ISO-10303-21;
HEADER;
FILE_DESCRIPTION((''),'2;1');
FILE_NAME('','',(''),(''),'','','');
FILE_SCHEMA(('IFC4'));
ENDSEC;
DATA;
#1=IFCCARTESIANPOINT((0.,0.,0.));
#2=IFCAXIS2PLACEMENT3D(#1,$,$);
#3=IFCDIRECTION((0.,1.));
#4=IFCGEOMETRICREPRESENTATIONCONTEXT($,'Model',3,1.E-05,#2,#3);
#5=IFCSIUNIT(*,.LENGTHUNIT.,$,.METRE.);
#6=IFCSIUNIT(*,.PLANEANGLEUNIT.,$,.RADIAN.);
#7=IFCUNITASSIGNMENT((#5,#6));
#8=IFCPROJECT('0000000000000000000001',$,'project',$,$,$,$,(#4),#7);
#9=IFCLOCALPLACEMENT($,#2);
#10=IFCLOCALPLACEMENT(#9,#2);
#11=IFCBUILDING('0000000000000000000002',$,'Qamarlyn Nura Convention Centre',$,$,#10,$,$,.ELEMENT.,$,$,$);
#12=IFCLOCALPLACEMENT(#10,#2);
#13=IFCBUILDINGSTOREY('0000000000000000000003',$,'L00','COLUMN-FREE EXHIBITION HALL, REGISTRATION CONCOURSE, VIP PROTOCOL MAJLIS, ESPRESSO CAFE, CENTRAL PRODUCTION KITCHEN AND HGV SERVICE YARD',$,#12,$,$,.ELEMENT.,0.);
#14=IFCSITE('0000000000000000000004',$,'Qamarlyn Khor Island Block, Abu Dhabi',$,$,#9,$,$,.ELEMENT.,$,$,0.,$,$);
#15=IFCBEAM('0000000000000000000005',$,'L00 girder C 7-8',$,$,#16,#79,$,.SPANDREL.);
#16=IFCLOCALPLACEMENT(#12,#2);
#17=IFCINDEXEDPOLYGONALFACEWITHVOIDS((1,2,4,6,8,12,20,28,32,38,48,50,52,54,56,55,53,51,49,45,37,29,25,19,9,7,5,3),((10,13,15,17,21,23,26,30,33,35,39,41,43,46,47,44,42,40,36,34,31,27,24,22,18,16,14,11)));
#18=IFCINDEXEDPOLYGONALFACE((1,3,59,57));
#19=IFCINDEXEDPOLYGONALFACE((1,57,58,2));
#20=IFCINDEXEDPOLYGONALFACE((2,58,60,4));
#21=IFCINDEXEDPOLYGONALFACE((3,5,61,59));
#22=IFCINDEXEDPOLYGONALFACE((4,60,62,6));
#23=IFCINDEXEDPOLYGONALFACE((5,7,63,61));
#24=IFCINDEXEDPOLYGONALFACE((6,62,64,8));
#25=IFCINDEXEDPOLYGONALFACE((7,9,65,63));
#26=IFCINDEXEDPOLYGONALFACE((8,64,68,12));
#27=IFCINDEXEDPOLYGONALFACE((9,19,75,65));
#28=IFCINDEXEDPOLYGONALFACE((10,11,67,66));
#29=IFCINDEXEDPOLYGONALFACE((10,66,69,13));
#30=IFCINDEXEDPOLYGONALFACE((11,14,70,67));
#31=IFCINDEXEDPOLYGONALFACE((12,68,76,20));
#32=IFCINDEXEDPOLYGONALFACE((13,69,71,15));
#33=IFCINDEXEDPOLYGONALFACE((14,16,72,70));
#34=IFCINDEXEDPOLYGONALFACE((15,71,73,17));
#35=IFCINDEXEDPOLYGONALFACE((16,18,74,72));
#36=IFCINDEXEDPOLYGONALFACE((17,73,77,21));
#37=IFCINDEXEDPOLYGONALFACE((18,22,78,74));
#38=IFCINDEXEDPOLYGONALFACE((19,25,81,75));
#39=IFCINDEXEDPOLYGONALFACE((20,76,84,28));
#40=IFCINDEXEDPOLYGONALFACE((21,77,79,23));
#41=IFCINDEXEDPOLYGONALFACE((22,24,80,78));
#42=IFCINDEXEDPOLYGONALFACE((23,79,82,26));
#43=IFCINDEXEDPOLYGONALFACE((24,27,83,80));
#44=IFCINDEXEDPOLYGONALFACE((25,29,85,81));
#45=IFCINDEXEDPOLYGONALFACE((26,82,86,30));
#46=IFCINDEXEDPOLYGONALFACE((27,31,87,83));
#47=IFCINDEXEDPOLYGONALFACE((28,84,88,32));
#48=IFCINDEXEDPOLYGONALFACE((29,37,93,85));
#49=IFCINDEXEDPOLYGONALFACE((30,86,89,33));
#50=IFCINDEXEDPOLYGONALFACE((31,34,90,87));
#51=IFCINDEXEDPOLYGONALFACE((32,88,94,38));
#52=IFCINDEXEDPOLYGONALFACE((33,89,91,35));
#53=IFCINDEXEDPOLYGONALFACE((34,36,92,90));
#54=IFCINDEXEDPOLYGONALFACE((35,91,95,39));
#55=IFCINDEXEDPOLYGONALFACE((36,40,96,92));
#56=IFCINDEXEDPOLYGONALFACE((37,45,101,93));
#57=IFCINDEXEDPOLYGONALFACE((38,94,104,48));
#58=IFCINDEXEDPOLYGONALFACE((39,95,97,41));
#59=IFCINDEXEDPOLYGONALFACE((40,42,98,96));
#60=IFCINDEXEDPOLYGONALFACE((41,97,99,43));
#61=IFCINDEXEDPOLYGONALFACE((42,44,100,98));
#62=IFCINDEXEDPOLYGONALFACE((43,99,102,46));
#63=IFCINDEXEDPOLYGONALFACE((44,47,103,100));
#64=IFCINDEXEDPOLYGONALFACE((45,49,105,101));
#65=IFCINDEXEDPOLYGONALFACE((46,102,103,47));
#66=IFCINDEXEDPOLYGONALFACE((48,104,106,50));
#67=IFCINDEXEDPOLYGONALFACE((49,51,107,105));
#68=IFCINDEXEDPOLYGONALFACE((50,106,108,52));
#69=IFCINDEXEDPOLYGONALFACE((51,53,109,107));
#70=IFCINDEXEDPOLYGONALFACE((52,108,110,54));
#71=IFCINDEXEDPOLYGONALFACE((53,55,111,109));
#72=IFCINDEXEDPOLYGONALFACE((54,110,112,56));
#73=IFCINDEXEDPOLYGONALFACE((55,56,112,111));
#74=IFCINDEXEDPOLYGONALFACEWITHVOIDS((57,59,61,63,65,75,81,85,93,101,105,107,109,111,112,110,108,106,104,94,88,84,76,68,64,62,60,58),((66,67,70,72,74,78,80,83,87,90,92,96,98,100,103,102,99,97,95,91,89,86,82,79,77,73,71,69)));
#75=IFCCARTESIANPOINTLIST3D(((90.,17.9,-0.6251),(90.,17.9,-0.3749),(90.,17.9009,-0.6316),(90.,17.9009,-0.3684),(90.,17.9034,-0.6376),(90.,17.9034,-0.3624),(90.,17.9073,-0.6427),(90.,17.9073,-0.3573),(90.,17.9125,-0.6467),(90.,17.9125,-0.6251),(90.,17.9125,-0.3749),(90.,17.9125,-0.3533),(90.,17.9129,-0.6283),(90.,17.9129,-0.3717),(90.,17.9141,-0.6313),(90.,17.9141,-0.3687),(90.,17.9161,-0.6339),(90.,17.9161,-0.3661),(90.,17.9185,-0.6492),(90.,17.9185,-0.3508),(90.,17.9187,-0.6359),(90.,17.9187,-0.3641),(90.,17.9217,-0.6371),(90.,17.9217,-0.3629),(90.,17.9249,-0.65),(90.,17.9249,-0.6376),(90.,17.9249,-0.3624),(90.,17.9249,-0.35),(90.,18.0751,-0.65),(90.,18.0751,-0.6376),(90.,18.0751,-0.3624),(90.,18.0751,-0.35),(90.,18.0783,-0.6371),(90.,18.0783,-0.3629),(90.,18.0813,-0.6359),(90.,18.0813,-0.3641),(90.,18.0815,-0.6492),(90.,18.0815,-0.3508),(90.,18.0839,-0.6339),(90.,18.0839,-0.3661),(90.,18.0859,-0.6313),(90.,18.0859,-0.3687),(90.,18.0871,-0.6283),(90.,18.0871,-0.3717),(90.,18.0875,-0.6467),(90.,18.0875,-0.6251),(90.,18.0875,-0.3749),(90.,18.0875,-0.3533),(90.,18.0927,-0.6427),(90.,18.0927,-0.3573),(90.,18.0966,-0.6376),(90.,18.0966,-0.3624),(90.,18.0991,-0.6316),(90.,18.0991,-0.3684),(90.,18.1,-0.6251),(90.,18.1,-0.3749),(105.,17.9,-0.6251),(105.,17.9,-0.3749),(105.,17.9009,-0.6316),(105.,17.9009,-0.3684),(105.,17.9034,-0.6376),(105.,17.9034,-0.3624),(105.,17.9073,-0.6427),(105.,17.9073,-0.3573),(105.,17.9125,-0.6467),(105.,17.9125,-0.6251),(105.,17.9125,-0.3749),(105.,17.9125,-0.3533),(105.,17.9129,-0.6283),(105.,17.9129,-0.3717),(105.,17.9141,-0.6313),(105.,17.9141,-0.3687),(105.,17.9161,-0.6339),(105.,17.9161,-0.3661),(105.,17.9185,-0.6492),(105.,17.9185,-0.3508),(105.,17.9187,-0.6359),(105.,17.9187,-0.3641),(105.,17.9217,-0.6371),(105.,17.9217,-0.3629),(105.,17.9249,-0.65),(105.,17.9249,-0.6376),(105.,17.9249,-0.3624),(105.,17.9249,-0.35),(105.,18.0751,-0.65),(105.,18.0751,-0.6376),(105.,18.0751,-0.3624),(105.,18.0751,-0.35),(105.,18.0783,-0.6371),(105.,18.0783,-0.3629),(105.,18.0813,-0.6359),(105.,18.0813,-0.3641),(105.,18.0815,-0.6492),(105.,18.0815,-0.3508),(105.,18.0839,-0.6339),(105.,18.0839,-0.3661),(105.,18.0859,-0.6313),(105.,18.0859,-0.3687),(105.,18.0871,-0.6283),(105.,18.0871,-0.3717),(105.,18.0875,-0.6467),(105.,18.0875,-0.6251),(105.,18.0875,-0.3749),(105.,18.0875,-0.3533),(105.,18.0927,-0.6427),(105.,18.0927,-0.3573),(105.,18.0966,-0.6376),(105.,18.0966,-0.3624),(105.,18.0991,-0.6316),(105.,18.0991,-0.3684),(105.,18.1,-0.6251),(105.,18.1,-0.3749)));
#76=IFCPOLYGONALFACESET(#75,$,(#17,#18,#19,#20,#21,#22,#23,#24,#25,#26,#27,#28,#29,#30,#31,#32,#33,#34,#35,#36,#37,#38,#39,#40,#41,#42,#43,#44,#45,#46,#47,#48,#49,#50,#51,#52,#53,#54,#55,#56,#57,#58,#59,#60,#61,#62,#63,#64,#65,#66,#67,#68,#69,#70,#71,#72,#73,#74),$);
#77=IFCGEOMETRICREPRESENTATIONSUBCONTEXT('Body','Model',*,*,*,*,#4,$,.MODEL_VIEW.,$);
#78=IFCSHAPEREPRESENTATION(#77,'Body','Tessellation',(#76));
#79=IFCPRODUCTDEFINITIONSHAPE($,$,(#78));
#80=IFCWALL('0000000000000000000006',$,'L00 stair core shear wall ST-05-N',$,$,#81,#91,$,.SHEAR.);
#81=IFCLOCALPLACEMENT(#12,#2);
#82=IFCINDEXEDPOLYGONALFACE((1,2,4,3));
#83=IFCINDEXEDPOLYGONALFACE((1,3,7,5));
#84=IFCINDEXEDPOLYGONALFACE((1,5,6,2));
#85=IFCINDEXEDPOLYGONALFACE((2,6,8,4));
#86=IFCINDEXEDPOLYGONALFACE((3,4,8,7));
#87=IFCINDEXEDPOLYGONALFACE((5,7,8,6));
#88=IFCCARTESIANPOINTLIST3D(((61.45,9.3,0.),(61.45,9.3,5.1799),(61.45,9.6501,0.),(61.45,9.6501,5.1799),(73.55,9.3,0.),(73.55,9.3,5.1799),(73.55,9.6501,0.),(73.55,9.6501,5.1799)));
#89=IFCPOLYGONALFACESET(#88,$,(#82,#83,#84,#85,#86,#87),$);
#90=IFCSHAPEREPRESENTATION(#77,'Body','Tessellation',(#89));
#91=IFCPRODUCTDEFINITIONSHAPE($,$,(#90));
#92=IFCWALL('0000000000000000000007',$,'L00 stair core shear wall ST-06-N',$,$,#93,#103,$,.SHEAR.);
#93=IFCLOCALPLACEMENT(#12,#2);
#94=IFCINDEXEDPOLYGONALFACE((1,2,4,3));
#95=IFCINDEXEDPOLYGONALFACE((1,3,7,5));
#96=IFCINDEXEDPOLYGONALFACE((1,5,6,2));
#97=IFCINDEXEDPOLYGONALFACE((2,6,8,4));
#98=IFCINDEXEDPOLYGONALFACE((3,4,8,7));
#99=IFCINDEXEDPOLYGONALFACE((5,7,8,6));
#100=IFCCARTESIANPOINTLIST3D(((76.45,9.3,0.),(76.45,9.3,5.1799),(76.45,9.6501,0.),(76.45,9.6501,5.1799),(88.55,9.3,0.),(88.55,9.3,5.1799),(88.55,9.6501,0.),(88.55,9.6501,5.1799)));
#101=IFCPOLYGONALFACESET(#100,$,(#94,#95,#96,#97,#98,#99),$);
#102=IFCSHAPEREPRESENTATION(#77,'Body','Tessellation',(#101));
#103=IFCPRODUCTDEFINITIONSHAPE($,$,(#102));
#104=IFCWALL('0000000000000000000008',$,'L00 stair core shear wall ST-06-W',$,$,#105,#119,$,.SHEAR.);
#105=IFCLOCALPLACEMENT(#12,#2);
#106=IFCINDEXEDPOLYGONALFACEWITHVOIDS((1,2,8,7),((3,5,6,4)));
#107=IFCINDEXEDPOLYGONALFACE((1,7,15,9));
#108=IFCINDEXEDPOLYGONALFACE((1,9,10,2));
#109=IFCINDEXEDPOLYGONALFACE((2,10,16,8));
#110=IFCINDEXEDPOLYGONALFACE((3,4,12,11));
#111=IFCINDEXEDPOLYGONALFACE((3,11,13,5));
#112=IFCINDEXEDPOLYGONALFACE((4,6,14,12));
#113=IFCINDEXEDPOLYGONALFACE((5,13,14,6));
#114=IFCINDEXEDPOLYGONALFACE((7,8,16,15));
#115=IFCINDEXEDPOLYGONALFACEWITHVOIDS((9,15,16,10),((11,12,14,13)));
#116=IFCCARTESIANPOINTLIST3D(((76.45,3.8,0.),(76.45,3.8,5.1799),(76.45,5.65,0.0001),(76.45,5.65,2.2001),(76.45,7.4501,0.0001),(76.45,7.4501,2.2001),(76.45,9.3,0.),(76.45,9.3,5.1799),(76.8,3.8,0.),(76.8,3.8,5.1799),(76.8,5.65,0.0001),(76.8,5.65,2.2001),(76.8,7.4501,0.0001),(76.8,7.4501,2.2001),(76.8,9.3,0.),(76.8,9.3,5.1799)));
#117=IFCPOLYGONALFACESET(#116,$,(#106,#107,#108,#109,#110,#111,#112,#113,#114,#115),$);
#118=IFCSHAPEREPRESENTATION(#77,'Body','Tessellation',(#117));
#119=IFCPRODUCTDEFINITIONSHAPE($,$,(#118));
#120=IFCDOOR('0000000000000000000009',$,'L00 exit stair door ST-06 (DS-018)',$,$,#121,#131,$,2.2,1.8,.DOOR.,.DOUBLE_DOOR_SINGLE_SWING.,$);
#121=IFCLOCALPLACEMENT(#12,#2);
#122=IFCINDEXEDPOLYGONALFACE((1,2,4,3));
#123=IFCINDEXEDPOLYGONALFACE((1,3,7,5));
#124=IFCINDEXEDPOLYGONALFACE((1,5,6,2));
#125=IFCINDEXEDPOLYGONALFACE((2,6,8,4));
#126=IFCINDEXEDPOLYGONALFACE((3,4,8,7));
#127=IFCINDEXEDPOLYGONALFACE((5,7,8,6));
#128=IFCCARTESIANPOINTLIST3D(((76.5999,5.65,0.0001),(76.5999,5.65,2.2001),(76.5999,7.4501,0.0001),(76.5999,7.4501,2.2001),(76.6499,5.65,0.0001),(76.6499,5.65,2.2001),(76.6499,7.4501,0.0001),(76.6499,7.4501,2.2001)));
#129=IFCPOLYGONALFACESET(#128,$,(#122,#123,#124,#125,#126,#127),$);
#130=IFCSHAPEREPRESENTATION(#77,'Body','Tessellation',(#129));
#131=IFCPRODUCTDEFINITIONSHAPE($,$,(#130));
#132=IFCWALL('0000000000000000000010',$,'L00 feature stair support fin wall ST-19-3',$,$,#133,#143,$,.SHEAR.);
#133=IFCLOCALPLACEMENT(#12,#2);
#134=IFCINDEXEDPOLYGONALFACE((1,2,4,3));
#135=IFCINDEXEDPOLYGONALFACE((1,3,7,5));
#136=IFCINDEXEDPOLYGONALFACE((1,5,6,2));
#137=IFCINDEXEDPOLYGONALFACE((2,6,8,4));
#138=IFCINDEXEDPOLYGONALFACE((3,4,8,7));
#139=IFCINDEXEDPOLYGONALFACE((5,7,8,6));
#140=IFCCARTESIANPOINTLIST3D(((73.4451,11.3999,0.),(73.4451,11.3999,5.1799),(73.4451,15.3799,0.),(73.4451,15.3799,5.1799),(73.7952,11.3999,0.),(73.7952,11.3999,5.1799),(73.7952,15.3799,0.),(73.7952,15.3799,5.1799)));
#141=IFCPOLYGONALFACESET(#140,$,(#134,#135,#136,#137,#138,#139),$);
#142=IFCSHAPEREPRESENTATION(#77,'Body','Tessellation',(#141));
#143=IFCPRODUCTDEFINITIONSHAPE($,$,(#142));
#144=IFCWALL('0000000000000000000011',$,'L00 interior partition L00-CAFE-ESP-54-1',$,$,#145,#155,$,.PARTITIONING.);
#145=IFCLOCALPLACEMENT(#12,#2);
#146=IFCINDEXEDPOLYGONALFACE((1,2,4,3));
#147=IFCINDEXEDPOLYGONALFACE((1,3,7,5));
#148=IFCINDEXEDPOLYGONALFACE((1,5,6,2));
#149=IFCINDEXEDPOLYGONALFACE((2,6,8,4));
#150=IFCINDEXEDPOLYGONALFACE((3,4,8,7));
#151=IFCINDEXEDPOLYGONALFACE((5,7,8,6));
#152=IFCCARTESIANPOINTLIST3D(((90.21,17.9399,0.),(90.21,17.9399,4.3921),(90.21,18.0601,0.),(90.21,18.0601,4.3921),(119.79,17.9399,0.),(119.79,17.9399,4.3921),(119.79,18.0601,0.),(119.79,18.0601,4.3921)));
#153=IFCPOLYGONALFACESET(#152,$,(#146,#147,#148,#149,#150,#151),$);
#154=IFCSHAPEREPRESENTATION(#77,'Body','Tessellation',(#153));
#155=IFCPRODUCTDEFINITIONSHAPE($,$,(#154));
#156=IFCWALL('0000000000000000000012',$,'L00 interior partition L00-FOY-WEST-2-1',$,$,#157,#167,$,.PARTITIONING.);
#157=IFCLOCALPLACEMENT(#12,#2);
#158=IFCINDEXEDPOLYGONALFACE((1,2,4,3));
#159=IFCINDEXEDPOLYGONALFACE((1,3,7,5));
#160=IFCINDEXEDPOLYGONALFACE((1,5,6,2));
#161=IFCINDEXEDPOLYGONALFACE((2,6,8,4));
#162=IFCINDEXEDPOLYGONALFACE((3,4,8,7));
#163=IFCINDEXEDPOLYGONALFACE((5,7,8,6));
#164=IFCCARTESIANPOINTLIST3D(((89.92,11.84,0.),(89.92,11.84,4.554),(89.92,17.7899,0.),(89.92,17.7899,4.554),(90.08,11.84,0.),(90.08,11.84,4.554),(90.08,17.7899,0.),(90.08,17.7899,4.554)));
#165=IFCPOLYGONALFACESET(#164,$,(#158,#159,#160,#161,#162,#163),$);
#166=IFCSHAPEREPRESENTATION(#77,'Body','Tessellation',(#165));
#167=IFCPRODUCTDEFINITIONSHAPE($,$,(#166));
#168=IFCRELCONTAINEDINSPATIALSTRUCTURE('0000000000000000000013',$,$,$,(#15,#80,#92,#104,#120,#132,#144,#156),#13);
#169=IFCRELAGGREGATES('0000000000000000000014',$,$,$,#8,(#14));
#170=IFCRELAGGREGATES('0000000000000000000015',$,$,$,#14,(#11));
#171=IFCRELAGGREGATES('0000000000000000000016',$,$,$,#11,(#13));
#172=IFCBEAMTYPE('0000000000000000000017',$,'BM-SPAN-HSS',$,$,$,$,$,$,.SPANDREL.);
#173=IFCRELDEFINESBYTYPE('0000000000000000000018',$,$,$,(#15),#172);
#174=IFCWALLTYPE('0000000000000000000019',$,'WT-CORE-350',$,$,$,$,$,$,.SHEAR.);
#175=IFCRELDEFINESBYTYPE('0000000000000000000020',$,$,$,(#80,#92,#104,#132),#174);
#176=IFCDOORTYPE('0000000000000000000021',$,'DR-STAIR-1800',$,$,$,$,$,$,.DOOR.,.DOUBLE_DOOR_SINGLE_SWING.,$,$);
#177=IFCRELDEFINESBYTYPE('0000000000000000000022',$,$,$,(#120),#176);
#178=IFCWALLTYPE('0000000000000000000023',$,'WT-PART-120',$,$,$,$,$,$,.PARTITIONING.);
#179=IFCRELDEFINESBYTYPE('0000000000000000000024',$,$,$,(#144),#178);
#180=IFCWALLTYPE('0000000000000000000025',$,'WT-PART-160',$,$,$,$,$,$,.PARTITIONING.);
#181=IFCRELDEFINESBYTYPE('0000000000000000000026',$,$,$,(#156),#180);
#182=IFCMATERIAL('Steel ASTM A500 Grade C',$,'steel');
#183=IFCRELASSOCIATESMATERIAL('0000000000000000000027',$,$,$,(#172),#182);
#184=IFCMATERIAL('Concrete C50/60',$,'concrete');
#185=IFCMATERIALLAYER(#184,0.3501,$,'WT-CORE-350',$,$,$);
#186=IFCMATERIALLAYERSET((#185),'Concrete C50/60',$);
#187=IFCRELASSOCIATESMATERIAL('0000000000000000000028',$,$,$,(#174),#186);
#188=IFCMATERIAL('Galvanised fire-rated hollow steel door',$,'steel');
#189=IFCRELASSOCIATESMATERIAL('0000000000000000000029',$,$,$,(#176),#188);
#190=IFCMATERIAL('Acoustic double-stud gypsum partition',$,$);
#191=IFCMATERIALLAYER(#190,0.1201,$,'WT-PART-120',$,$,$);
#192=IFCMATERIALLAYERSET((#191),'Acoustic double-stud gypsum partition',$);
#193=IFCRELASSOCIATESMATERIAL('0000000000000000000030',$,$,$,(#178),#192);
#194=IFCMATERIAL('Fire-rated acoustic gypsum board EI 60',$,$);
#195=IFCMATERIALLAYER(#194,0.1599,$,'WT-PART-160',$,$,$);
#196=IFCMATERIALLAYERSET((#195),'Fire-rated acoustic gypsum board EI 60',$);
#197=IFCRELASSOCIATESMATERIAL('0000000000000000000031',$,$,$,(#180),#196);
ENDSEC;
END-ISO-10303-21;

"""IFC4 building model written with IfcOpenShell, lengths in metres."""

from ifc_helpers import new_model, si_unit, direction, frame, frame_2d, origin, origin_2d, place, context, subcontext, project, spatial, rectangle, hollow_rectangle, extrude, material, layer, layer_set, material_profile, profile_set, type_object, element, fill, save


model = new_model("IFC4")

# Units and contexts
model_context = context("Model", 3, precision=1e-05, world=origin(), true_north=direction((0.0, 1.0)))
body_context = subcontext(model_context, "Body", "Model", "MODEL_VIEW")
ifc_project = project(units=[si_unit("LENGTHUNIT", "METRE"), si_unit("PLANEANGLEUNIT", "RADIAN")], contexts=[model_context])

# Site, building, storey
site_placement = place(None, origin())
site = spatial("IfcSite", under=ifc_project, at=site_placement, Name="Qamarlyn Khor Island Block, Abu Dhabi", CompositionType="ELEMENT", RefElevation=0.0)
building_placement = place(site_placement, origin())
building = spatial("IfcBuilding", under=site, at=building_placement, Name="Qamarlyn Nura Convention Centre", CompositionType="ELEMENT")
storey_placement = place(building_placement, origin())
storey = spatial("IfcBuildingStorey", under=building, at=storey_placement, Name="L00", Description="COLUMN-FREE EXHIBITION HALL, REGISTRATION CONCOURSE, VIP PROTOCOL MAJLIS, ESPRESSO CAFE, CENTRAL PRODUCTION KITCHEN AND HGV SERVICE YARD", CompositionType="ELEMENT", Elevation=0.0)

# Beam
ifc_material_1 = material(Name="Steel ASTM A500 Grade C", Category="steel")
ifc_material_profile_1 = material_profile(ifc_material_1, hollow_rectangle(XDim=0.2, YDim=0.3, WallThickness=0.0125, InnerFilletRadius=0.0125, OuterFilletRadius=0.0249, at=origin_2d()), Name="HSS300X200X12.5")
ifc_profile_set_1 = profile_set([ifc_material_profile_1], Name="Steel ASTM A500 Grade C")
beam_type_1 = type_object("IfcBeamType", Name="BM-SPAN-HSS", PredefinedType="SPANDREL", material=ifc_profile_set_1)
beam_1_placement = place(storey_placement, frame((90.0, 18.0, -0.5), z_axis=(1.0, 0.0, 0.0), x_axis=(0.0, 1.0, 0.0)))
element("IfcBeam", 1, at=beam_1_placement, inside=storey, type_object=beam_type_1, Name="L00 girder C 7-8", PredefinedType="SPANDREL", context=body_context, shape_type="SweptSolid", body=[
    extrude(hollow_rectangle(XDim=0.2, YDim=0.3, WallThickness=0.0125, InnerFilletRadius=0.0125, OuterFilletRadius=0.0249, at=origin_2d()), origin(), (0.0, 0.0, 1.0), 15.0),
])

# Walls
ifc_material_2 = material(Name="Concrete C50/60", Category="concrete")
ifc_layer_1 = layer(ifc_material_2, 0.3501, Name="WT-CORE-350")
ifc_layer_set_1 = layer_set([ifc_layer_1], Name="Concrete C50/60")
wall_type_1 = type_object("IfcWallType", Name="WT-CORE-350", PredefinedType="SHEAR", material=ifc_layer_set_1)
for number, where, z_axis, x_axis, name in (
    (2, (73.55, 9.4751, 0.0), (0.0, 0.0, 1.0), (-1.0, 0.0, 0.0), "L00 stair core shear wall ST-05-N"),
    (3, (88.55, 9.4751, 0.0), (0.0, 0.0, 1.0), (-1.0, 0.0, 0.0), "L00 stair core shear wall ST-06-N"),
):
    element("IfcWall", number, at=place(storey_placement, frame(where, z_axis=z_axis, x_axis=x_axis)), inside=storey, type_object=wall_type_1, Name=name, PredefinedType="SHEAR", context=body_context, shape_type="SweptSolid", body=[
        extrude(rectangle(XDim=12.1001, YDim=0.3501, at=frame_2d((6.05, 0.0))), origin(), (0.0, 0.0, 1.0), 5.1799),
    ])

# Wall, opening, door
wall_1_placement = place(storey_placement, frame((76.625, 9.3, 0.0), z_axis=(0.0, 0.0, 1.0), x_axis=(0.0, -1.0, 0.0)))
wall_1 = element("IfcWall", 4, at=wall_1_placement, inside=storey, type_object=wall_type_1, Name="L00 stair core shear wall ST-06-W", PredefinedType="SHEAR", context=body_context, shape_type="SweptSolid", body=[
    extrude(rectangle(XDim=5.5, YDim=0.3501, at=frame_2d((2.75, 0.0))), origin(), (0.0, 0.0, 1.0), 5.1799),
])
opening_1_placement = place(wall_1_placement, frame((1.8501, 0.0, 0.0)))
opening_1 = element("IfcOpeningElement", 5, at=opening_1_placement, cuts=wall_1, PredefinedType="OPENING", context=body_context, shape_type="SweptSolid", body=[
    extrude(rectangle(XDim=1.8, YDim=2.2, at=frame_2d((0.8999, 1.1001))), frame((0.0, 0.1851, 0.0), z_axis=(0.0, -1.0, 0.0), x_axis=(1.0, 0.0, 0.0)), (0.0, 0.0, 1.0), 0.3701),
])
ifc_material_3 = material(Name="Galvanised fire-rated hollow steel door", Category="steel")
door_type_1 = type_object("IfcDoorType", Name="DR-STAIR-1800", OperationType="DOUBLE_DOOR_SINGLE_SWING", PredefinedType="DOOR", material=ifc_material_3)
door_1_placement = place(opening_1_placement, origin())
door_1 = element("IfcDoor", 6, at=door_1_placement, inside=storey, type_object=door_type_1, Name="L00 exit stair door ST-06 (DS-018)", OperationType="DOUBLE_DOOR_SINGLE_SWING", OverallHeight=2.2, OverallWidth=1.8, PredefinedType="DOOR", context=body_context, shape_type="SweptSolid", body=[
    extrude(rectangle(XDim=1.8, YDim=2.2, at=frame_2d((0.8999, 1.1001))), frame((0.0, 0.0249, 0.0), z_axis=(0.0, -1.0, 0.0), x_axis=(1.0, 0.0, 0.0)), (0.0, 0.0, 1.0), 0.05),
])
fill(opening_1, door_1)

# Walls
wall_2_placement = place(storey_placement, frame((73.6201, 11.3999, 0.0), z_axis=(0.0, 0.0, 1.0), x_axis=(0.0, 1.0, 0.0)))
element("IfcWall", 7, at=wall_2_placement, inside=storey, type_object=wall_type_1, Name="L00 feature stair support fin wall ST-19-3", PredefinedType="SHEAR", context=body_context, shape_type="SweptSolid", body=[
    extrude(rectangle(XDim=3.98, YDim=0.3501, at=frame_2d((1.99, 0.0))), origin(), (0.0, 0.0, 1.0), 5.1799),
])
ifc_material_4 = material(Name="Acoustic double-stud gypsum partition")
ifc_layer_2 = layer(ifc_material_4, 0.1201, Name="WT-PART-120")
ifc_layer_set_2 = layer_set([ifc_layer_2], Name="Acoustic double-stud gypsum partition")
wall_type_2 = type_object("IfcWallType", Name="WT-PART-120", PredefinedType="PARTITIONING", material=ifc_layer_set_2)
wall_3_placement = place(storey_placement, frame((90.21, 18.0, 0.0), z_axis=(0.0, 0.0, 1.0), x_axis=(1.0, 0.0, 0.0)))
element("IfcWall", 8, at=wall_3_placement, inside=storey, type_object=wall_type_2, Name="L00 interior partition L00-CAFE-ESP-54-1", PredefinedType="PARTITIONING", context=body_context, shape_type="SweptSolid", body=[
    extrude(rectangle(XDim=29.5801, YDim=0.1201, at=frame_2d((14.79, 0.0))), origin(), (0.0, 0.0, 1.0), 4.3921),
])
ifc_material_5 = material(Name="Fire-rated acoustic gypsum board EI 60")
ifc_layer_3 = layer(ifc_material_5, 0.1599, Name="WT-PART-160")
ifc_layer_set_3 = layer_set([ifc_layer_3], Name="Fire-rated acoustic gypsum board EI 60")
wall_type_3 = type_object("IfcWallType", Name="WT-PART-160", PredefinedType="PARTITIONING", material=ifc_layer_set_3)
wall_4_placement = place(storey_placement, frame((90.0, 17.79, 0.0), z_axis=(0.0, 0.0, 1.0), x_axis=(0.0, -1.0, 0.0)))
element("IfcWall", 9, at=wall_4_placement, inside=storey, type_object=wall_type_3, Name="L00 interior partition L00-FOY-WEST-2-1", PredefinedType="PARTITIONING", context=body_context, shape_type="SweptSolid", body=[
    extrude(rectangle(XDim=5.95, YDim=0.1599, at=frame_2d((2.9751, 0.0))), origin(), (0.0, 0.0, 1.0), 4.554),
])

save(model, "model.ifc")
